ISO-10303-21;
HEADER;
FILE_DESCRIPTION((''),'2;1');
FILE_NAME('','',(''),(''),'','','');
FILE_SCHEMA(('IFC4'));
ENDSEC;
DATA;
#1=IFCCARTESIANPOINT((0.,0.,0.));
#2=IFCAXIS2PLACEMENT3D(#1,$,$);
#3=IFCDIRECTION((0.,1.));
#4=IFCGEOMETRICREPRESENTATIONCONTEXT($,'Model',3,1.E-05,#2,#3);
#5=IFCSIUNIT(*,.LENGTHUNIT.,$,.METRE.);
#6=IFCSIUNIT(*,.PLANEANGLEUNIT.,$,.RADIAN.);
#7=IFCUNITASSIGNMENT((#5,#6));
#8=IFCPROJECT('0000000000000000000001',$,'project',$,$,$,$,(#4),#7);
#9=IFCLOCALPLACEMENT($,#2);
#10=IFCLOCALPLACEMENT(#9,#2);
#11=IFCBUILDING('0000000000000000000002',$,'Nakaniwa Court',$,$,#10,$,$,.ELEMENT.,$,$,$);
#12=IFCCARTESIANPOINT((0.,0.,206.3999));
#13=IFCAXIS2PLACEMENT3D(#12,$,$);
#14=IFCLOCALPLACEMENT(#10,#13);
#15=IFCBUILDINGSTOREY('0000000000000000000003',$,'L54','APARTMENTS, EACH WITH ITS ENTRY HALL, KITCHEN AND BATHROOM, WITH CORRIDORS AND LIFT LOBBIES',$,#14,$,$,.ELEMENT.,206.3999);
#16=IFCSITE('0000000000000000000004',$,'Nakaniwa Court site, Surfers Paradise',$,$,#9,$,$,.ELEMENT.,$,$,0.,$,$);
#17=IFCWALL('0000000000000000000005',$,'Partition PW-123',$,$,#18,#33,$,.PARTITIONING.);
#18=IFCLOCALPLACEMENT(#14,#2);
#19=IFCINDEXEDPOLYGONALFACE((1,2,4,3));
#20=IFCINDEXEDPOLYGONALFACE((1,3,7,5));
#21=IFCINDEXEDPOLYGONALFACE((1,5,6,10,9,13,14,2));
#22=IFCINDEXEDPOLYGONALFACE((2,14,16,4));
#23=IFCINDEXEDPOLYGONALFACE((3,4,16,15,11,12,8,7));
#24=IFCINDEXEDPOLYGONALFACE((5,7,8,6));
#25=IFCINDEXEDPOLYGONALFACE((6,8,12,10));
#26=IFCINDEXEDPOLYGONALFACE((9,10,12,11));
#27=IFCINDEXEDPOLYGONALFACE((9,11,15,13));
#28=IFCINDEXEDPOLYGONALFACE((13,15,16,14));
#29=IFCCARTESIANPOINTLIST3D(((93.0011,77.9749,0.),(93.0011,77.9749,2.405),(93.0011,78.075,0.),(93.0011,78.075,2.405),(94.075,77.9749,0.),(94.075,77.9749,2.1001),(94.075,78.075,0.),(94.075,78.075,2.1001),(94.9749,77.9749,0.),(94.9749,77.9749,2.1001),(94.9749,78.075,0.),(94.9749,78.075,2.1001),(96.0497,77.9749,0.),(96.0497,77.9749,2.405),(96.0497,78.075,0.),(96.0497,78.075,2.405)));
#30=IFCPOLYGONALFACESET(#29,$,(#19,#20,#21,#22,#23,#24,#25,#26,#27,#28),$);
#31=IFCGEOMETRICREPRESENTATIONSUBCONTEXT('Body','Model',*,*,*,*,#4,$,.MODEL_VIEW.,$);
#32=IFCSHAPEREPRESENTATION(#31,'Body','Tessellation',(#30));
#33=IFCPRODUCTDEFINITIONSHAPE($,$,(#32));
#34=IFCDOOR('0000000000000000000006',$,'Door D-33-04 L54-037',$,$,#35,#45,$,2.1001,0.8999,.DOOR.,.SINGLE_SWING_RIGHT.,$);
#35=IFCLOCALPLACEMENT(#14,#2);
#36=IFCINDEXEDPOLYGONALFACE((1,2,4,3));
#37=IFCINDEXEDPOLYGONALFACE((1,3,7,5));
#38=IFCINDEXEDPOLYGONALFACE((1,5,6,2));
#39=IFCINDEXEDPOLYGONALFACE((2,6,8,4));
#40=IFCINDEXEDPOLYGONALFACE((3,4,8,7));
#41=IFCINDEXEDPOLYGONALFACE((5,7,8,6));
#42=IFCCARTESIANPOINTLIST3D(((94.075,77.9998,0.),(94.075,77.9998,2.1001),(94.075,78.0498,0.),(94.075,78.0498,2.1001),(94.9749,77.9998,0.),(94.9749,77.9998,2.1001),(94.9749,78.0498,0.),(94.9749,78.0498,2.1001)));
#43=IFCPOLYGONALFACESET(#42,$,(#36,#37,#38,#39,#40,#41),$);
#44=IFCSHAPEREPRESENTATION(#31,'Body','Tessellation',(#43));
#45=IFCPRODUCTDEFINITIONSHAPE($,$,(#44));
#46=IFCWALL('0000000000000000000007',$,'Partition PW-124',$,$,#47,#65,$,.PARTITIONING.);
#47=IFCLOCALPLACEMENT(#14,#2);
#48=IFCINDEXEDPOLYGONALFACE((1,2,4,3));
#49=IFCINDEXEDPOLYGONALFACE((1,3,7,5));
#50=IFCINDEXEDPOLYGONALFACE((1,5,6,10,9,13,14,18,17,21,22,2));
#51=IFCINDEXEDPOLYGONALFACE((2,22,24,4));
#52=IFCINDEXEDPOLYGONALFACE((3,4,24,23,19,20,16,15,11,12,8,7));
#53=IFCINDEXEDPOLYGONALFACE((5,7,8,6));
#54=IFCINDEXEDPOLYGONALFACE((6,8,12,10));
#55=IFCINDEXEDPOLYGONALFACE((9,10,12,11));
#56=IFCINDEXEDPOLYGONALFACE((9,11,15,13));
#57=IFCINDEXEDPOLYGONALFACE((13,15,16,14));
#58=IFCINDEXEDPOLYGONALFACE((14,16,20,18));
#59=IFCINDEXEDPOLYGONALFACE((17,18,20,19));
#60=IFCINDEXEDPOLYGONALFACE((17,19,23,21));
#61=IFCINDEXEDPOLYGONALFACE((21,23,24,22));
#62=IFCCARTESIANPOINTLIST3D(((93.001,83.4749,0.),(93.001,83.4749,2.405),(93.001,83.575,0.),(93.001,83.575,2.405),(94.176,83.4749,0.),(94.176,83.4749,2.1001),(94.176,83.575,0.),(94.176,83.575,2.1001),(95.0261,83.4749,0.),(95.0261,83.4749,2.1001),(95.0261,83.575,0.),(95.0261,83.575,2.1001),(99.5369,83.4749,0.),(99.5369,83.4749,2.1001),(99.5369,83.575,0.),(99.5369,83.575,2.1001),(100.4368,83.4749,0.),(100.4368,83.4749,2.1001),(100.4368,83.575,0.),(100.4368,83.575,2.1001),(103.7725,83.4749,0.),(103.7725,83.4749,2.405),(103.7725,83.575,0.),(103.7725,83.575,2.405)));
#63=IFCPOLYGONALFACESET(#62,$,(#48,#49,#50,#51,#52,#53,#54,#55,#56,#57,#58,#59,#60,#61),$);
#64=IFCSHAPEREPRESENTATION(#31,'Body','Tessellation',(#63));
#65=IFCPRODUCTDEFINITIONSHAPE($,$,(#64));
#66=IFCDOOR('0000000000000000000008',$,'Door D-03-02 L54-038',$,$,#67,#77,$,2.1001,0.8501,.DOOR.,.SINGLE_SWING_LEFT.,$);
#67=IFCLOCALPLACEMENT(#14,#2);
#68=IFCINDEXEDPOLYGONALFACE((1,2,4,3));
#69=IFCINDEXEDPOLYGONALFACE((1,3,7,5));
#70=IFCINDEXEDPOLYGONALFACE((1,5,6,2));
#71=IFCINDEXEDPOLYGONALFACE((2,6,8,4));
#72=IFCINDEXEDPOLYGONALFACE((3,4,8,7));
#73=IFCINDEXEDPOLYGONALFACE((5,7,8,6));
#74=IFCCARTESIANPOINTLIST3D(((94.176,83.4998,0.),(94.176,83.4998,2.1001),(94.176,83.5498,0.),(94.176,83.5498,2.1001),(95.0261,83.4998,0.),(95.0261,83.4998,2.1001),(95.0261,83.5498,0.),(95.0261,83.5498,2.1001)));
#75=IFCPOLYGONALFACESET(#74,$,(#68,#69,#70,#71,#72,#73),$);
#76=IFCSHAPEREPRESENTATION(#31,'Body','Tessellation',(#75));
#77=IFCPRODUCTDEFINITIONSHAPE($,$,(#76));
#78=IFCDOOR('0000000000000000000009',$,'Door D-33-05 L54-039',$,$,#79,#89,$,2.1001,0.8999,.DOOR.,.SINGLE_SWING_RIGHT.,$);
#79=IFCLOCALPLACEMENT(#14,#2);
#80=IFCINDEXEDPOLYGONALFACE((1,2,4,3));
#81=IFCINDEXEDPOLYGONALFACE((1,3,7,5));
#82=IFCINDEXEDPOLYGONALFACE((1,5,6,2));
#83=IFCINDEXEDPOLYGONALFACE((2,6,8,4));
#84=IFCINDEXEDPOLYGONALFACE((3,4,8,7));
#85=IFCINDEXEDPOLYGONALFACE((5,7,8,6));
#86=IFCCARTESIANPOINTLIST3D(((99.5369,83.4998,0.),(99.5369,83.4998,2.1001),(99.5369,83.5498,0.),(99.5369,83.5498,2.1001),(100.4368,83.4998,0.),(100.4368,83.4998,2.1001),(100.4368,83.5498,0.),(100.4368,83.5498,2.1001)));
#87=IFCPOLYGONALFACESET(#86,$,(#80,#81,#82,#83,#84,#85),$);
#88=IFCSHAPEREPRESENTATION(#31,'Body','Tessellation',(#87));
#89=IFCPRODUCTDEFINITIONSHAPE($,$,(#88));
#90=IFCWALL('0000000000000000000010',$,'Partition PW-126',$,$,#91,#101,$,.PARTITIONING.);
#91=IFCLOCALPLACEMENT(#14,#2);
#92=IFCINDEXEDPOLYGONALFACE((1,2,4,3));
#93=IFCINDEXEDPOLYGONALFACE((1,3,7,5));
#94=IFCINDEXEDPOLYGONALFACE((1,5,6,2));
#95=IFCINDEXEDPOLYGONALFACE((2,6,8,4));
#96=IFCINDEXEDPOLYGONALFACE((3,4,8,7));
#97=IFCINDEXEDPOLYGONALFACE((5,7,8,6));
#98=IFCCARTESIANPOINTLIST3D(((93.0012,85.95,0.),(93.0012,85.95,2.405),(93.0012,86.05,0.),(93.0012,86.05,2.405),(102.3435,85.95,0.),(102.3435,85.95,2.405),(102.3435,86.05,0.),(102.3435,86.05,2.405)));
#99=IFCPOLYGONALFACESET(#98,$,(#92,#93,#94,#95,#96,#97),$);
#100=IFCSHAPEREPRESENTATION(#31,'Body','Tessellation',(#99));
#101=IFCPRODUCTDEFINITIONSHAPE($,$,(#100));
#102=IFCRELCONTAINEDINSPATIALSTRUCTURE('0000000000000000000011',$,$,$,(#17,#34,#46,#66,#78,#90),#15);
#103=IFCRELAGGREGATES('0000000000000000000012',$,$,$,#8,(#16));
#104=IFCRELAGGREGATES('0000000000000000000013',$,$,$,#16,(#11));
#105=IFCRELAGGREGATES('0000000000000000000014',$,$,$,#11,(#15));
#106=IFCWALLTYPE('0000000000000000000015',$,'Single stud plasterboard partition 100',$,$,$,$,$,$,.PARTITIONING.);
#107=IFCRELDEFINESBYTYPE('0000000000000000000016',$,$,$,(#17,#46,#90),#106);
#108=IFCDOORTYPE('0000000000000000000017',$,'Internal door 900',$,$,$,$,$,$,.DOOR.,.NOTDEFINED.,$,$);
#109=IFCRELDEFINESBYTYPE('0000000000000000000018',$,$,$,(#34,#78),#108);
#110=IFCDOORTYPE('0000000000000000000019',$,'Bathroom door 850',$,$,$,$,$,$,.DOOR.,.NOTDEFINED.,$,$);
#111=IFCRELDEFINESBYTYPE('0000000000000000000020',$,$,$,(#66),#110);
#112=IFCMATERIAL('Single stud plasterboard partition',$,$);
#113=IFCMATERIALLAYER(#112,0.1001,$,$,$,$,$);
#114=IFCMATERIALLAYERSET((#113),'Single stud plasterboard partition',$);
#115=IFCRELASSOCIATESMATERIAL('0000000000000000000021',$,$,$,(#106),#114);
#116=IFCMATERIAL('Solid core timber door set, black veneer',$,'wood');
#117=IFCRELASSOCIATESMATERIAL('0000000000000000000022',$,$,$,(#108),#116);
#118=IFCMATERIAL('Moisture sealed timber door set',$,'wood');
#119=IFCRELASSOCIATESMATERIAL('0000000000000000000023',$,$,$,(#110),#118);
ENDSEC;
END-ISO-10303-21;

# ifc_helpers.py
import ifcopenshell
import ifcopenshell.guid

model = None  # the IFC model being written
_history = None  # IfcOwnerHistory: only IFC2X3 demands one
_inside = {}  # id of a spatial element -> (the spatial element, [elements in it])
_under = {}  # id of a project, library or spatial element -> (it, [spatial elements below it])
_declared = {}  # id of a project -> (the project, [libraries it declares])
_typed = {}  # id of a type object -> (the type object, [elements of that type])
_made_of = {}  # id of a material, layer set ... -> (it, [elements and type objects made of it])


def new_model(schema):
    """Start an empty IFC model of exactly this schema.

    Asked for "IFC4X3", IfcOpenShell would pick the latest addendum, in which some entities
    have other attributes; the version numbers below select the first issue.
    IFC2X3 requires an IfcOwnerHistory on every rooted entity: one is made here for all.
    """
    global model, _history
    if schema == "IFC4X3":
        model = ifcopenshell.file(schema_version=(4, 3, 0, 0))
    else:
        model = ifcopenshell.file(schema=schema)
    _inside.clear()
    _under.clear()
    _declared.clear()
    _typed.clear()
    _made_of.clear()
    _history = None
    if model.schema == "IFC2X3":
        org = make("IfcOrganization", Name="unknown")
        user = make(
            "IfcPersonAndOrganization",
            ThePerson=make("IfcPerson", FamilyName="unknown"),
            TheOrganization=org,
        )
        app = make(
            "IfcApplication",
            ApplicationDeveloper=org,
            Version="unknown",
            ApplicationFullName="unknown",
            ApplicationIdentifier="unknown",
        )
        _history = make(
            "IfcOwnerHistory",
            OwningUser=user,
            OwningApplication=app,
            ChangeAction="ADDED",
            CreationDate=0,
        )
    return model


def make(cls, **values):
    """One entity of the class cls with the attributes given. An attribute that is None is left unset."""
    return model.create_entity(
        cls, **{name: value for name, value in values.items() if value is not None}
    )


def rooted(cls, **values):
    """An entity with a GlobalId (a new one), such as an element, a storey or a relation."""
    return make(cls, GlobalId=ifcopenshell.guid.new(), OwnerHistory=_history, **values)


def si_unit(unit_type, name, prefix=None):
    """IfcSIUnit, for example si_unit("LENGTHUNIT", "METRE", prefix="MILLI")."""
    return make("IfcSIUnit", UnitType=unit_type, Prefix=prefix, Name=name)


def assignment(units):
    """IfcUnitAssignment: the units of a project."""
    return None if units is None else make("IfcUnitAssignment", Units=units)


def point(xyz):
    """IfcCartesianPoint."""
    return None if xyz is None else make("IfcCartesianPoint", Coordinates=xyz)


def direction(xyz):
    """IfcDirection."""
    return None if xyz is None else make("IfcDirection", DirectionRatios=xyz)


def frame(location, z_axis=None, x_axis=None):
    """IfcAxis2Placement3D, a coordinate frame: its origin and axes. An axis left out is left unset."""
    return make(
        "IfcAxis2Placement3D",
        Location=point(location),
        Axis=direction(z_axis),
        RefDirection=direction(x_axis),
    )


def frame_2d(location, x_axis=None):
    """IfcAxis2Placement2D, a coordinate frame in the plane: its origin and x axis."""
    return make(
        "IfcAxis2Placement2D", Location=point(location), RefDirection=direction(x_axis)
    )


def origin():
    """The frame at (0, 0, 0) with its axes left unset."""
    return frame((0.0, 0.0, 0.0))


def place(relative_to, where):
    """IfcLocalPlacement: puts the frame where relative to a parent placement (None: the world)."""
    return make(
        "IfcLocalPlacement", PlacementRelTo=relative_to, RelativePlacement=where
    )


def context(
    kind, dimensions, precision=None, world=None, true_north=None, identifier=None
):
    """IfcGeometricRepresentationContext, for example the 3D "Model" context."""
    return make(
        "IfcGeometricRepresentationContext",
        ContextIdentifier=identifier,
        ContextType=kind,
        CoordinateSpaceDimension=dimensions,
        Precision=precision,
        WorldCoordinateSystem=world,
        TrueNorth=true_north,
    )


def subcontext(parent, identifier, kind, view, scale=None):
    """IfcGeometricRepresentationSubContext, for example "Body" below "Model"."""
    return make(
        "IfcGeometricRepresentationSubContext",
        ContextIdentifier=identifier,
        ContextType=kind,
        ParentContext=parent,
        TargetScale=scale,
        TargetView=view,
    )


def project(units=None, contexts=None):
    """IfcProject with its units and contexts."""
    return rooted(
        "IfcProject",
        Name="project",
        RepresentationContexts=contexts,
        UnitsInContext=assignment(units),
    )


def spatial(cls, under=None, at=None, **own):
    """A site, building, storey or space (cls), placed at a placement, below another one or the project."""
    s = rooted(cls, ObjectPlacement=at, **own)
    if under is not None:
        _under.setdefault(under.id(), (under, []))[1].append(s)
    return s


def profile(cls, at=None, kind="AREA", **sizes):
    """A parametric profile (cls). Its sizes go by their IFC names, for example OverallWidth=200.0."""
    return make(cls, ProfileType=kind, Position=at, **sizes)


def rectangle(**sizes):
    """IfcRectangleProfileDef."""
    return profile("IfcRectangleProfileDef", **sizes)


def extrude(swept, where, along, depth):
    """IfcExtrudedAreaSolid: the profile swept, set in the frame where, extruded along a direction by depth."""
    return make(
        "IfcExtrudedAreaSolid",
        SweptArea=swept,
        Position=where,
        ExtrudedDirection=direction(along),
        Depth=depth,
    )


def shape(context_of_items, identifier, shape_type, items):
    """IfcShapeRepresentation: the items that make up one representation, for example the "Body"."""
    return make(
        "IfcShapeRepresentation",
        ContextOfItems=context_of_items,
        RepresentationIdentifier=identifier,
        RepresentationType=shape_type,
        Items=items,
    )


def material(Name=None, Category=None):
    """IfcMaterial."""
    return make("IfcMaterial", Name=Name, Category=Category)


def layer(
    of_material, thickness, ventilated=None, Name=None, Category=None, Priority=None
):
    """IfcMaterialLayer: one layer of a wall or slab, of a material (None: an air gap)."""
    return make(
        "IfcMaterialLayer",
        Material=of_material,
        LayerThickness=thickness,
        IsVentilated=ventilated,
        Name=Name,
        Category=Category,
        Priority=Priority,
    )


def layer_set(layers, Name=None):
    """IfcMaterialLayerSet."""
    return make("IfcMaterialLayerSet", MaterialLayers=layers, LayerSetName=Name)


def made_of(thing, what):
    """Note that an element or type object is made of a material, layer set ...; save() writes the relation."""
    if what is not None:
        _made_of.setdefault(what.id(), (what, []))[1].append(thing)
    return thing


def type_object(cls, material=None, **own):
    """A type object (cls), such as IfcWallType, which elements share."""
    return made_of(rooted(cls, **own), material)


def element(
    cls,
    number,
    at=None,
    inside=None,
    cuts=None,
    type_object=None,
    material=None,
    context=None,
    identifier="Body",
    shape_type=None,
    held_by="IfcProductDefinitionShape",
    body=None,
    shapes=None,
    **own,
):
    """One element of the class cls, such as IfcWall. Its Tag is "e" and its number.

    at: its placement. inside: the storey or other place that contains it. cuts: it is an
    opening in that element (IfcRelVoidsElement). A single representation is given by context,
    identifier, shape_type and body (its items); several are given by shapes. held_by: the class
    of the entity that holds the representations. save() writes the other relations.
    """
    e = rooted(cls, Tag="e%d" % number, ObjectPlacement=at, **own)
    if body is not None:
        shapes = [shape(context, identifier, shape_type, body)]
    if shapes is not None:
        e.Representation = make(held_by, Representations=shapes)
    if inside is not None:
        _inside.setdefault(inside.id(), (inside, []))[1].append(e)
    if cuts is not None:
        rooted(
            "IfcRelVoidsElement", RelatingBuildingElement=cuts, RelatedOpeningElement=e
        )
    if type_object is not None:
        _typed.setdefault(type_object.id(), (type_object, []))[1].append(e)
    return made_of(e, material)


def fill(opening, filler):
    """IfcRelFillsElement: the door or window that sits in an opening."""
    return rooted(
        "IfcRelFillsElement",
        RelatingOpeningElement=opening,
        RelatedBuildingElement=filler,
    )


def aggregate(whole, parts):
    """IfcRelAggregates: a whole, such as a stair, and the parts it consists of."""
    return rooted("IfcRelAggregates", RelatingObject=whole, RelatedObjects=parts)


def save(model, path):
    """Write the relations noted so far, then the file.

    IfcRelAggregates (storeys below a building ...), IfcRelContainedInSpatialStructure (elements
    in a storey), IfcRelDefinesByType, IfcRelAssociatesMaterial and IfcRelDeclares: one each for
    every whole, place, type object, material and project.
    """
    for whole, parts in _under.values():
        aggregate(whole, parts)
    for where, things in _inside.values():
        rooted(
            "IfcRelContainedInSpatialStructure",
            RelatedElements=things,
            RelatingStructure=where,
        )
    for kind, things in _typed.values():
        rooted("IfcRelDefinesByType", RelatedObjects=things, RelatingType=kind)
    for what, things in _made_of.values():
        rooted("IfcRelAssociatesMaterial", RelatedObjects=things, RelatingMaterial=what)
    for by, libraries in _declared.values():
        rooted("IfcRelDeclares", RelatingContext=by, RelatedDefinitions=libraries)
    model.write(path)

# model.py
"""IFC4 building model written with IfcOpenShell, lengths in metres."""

from ifc_helpers import new_model, si_unit, direction, frame, frame_2d, origin, place, context, subcontext, project, spatial, rectangle, extrude, material, layer, layer_set, type_object, element, fill, save


model = new_model("IFC4")

# Units and contexts
model_context = context("Model", 3, precision=1e-05, world=origin(), true_north=direction((0.0, 1.0)))
body_context = subcontext(model_context, "Body", "Model", "MODEL_VIEW")
ifc_project = project(units=[si_unit("LENGTHUNIT", "METRE"), si_unit("PLANEANGLEUNIT", "RADIAN")], contexts=[model_context])

# Site, building, storey
site_placement = place(None, origin())
site = spatial("IfcSite", under=ifc_project, at=site_placement, Name="Nakaniwa Court site, Surfers Paradise", CompositionType="ELEMENT", RefElevation=0.0)
building_placement = place(site_placement, origin())
building = spatial("IfcBuilding", under=site, at=building_placement, Name="Nakaniwa Court", CompositionType="ELEMENT")
storey_placement = place(building_placement, frame((0.0, 0.0, 206.3999)))
storey = spatial("IfcBuildingStorey", under=building, at=storey_placement, Name="L54", Description="APARTMENTS, EACH WITH ITS ENTRY HALL, KITCHEN AND BATHROOM, WITH CORRIDORS AND LIFT LOBBIES", CompositionType="ELEMENT", Elevation=206.3999)

# Shared definitions
ifc_material_1 = material(Name="Solid core timber door set, black veneer", Category="wood")

# Wall, opening, door
ifc_material_2 = material(Name="Single stud plasterboard partition")
ifc_layer_1 = layer(ifc_material_2, 0.1001)
ifc_layer_set_1 = layer_set([ifc_layer_1], Name="Single stud plasterboard partition")
wall_type_1 = type_object("IfcWallType", Name="Single stud plasterboard partition 100", PredefinedType="PARTITIONING", material=ifc_layer_set_1)
wall_1_placement = place(storey_placement, frame((93.001, 78.0249, 0.0), z_axis=(0.0, 0.0, 1.0), x_axis=(1.0, 0.0, 0.0)))
wall_1 = element("IfcWall", 1, at=wall_1_placement, inside=storey, type_object=wall_type_1, Name="Partition PW-123", PredefinedType="PARTITIONING", context=body_context, shape_type="SweptSolid", body=[
    extrude(rectangle(XDim=3.0486, YDim=0.1001, at=frame_2d((1.5244, 0.0))), origin(), (0.0, 0.0, 1.0), 2.405),
])
opening_1_placement = place(wall_1_placement, frame((1.074, 0.0, 0.0)))
opening_1 = element("IfcOpeningElement", 2, at=opening_1_placement, cuts=wall_1, PredefinedType="OPENING", context=body_context, shape_type="SweptSolid", body=[
    extrude(rectangle(XDim=0.8999, YDim=2.1001, at=frame_2d((0.45, 1.05))), frame((0.0, 0.0601, 0.0), z_axis=(0.0, -1.0, 0.0), x_axis=(1.0, 0.0, 0.0)), (0.0, 0.0, 1.0), 0.1201),
])
door_type_1 = type_object("IfcDoorType", Name="Internal door 900", OperationType="NOTDEFINED", PredefinedType="DOOR", material=ifc_material_1)
door_1_placement = place(opening_1_placement, origin())
door_1 = element("IfcDoor", 3, at=door_1_placement, inside=storey, type_object=door_type_1, Name="Door D-33-04 L54-037", OperationType="SINGLE_SWING_RIGHT", OverallHeight=2.1001, OverallWidth=0.8999, PredefinedType="DOOR", context=body_context, shape_type="SweptSolid", body=[
    extrude(rectangle(XDim=0.8999, YDim=2.1001, at=frame_2d((0.45, 1.05))), frame((0.0, 0.0249, 0.0), z_axis=(0.0, -1.0, 0.0), x_axis=(1.0, 0.0, 0.0)), (0.0, 0.0, 1.0), 0.05),
])
fill(opening_1, door_1)

# Wall, openings, doors
wall_2_placement = place(storey_placement, frame((93.001, 83.5249, 0.0), z_axis=(0.0, 0.0, 1.0), x_axis=(1.0, 0.0, 0.0)))
wall_2 = element("IfcWall", 4, at=wall_2_placement, inside=storey, type_object=wall_type_1, Name="Partition PW-124", PredefinedType="PARTITIONING", context=body_context, shape_type="SweptSolid", body=[
    extrude(rectangle(XDim=10.7715, YDim=0.1001, at=frame_2d((5.3857, 0.0))), origin(), (0.0, 0.0, 1.0), 2.405),
])
opening_2_placement = place(wall_2_placement, frame((1.175, 0.0, 0.0)))
opening_2 = element("IfcOpeningElement", 5, at=opening_2_placement, cuts=wall_2, PredefinedType="OPENING", context=body_context, shape_type="SweptSolid", body=[
    extrude(rectangle(XDim=0.8501, YDim=2.1001, at=frame_2d((0.425, 1.05))), frame((0.0, 0.0601, 0.0), z_axis=(0.0, -1.0, 0.0), x_axis=(1.0, 0.0, 0.0)), (0.0, 0.0, 1.0), 0.1201),
])
opening_3_placement = place(wall_2_placement, frame((6.5359, 0.0, 0.0)))
opening_3 = element("IfcOpeningElement", 6, at=opening_3_placement, cuts=wall_2, PredefinedType="OPENING", context=body_context, shape_type="SweptSolid", body=[
    extrude(rectangle(XDim=0.8999, YDim=2.1001, at=frame_2d((0.45, 1.05))), frame((0.0, 0.0601, 0.0), z_axis=(0.0, -1.0, 0.0), x_axis=(1.0, 0.0, 0.0)), (0.0, 0.0, 1.0), 0.1201),
])
ifc_material_3 = material(Name="Moisture sealed timber door set", Category="wood")
door_type_2 = type_object("IfcDoorType", Name="Bathroom door 850", OperationType="NOTDEFINED", PredefinedType="DOOR", material=ifc_material_3)
door_2_placement = place(opening_2_placement, origin())
door_2 = element("IfcDoor", 7, at=door_2_placement, inside=storey, type_object=door_type_2, Name="Door D-03-02 L54-038", OperationType="SINGLE_SWING_LEFT", OverallHeight=2.1001, OverallWidth=0.8501, PredefinedType="DOOR", context=body_context, shape_type="SweptSolid", body=[
    extrude(rectangle(XDim=0.8501, YDim=2.1001, at=frame_2d((0.425, 1.05))), frame((0.0, 0.0249, 0.0), z_axis=(0.0, -1.0, 0.0), x_axis=(1.0, 0.0, 0.0)), (0.0, 0.0, 1.0), 0.05),
])
fill(opening_2, door_2)
door_3_placement = place(opening_3_placement, origin())
door_3 = element("IfcDoor", 8, at=door_3_placement, inside=storey, type_object=door_type_1, Name="Door D-33-05 L54-039", OperationType="SINGLE_SWING_RIGHT", OverallHeight=2.1001, OverallWidth=0.8999, PredefinedType="DOOR", context=body_context, shape_type="SweptSolid", body=[
    extrude(rectangle(XDim=0.8999, YDim=2.1001, at=frame_2d((0.45, 1.05))), frame((0.0, 0.0249, 0.0), z_axis=(0.0, -1.0, 0.0), x_axis=(1.0, 0.0, 0.0)), (0.0, 0.0, 1.0), 0.05),
])
fill(opening_3, door_3)

# Wall
wall_3_placement = place(storey_placement, frame((93.0012, 86.0, 0.0), z_axis=(0.0, 0.0, 1.0), x_axis=(1.0, 0.0, 0.0)))
element("IfcWall", 9, at=wall_3_placement, inside=storey, type_object=wall_type_1, Name="Partition PW-126", PredefinedType="PARTITIONING", context=body_context, shape_type="SweptSolid", body=[
    extrude(rectangle(XDim=9.3423, YDim=0.1001, at=frame_2d((4.6711, 0.0))), origin(), (0.0, 0.0, 1.0), 2.405),
])

save(model, "model.ifc")
